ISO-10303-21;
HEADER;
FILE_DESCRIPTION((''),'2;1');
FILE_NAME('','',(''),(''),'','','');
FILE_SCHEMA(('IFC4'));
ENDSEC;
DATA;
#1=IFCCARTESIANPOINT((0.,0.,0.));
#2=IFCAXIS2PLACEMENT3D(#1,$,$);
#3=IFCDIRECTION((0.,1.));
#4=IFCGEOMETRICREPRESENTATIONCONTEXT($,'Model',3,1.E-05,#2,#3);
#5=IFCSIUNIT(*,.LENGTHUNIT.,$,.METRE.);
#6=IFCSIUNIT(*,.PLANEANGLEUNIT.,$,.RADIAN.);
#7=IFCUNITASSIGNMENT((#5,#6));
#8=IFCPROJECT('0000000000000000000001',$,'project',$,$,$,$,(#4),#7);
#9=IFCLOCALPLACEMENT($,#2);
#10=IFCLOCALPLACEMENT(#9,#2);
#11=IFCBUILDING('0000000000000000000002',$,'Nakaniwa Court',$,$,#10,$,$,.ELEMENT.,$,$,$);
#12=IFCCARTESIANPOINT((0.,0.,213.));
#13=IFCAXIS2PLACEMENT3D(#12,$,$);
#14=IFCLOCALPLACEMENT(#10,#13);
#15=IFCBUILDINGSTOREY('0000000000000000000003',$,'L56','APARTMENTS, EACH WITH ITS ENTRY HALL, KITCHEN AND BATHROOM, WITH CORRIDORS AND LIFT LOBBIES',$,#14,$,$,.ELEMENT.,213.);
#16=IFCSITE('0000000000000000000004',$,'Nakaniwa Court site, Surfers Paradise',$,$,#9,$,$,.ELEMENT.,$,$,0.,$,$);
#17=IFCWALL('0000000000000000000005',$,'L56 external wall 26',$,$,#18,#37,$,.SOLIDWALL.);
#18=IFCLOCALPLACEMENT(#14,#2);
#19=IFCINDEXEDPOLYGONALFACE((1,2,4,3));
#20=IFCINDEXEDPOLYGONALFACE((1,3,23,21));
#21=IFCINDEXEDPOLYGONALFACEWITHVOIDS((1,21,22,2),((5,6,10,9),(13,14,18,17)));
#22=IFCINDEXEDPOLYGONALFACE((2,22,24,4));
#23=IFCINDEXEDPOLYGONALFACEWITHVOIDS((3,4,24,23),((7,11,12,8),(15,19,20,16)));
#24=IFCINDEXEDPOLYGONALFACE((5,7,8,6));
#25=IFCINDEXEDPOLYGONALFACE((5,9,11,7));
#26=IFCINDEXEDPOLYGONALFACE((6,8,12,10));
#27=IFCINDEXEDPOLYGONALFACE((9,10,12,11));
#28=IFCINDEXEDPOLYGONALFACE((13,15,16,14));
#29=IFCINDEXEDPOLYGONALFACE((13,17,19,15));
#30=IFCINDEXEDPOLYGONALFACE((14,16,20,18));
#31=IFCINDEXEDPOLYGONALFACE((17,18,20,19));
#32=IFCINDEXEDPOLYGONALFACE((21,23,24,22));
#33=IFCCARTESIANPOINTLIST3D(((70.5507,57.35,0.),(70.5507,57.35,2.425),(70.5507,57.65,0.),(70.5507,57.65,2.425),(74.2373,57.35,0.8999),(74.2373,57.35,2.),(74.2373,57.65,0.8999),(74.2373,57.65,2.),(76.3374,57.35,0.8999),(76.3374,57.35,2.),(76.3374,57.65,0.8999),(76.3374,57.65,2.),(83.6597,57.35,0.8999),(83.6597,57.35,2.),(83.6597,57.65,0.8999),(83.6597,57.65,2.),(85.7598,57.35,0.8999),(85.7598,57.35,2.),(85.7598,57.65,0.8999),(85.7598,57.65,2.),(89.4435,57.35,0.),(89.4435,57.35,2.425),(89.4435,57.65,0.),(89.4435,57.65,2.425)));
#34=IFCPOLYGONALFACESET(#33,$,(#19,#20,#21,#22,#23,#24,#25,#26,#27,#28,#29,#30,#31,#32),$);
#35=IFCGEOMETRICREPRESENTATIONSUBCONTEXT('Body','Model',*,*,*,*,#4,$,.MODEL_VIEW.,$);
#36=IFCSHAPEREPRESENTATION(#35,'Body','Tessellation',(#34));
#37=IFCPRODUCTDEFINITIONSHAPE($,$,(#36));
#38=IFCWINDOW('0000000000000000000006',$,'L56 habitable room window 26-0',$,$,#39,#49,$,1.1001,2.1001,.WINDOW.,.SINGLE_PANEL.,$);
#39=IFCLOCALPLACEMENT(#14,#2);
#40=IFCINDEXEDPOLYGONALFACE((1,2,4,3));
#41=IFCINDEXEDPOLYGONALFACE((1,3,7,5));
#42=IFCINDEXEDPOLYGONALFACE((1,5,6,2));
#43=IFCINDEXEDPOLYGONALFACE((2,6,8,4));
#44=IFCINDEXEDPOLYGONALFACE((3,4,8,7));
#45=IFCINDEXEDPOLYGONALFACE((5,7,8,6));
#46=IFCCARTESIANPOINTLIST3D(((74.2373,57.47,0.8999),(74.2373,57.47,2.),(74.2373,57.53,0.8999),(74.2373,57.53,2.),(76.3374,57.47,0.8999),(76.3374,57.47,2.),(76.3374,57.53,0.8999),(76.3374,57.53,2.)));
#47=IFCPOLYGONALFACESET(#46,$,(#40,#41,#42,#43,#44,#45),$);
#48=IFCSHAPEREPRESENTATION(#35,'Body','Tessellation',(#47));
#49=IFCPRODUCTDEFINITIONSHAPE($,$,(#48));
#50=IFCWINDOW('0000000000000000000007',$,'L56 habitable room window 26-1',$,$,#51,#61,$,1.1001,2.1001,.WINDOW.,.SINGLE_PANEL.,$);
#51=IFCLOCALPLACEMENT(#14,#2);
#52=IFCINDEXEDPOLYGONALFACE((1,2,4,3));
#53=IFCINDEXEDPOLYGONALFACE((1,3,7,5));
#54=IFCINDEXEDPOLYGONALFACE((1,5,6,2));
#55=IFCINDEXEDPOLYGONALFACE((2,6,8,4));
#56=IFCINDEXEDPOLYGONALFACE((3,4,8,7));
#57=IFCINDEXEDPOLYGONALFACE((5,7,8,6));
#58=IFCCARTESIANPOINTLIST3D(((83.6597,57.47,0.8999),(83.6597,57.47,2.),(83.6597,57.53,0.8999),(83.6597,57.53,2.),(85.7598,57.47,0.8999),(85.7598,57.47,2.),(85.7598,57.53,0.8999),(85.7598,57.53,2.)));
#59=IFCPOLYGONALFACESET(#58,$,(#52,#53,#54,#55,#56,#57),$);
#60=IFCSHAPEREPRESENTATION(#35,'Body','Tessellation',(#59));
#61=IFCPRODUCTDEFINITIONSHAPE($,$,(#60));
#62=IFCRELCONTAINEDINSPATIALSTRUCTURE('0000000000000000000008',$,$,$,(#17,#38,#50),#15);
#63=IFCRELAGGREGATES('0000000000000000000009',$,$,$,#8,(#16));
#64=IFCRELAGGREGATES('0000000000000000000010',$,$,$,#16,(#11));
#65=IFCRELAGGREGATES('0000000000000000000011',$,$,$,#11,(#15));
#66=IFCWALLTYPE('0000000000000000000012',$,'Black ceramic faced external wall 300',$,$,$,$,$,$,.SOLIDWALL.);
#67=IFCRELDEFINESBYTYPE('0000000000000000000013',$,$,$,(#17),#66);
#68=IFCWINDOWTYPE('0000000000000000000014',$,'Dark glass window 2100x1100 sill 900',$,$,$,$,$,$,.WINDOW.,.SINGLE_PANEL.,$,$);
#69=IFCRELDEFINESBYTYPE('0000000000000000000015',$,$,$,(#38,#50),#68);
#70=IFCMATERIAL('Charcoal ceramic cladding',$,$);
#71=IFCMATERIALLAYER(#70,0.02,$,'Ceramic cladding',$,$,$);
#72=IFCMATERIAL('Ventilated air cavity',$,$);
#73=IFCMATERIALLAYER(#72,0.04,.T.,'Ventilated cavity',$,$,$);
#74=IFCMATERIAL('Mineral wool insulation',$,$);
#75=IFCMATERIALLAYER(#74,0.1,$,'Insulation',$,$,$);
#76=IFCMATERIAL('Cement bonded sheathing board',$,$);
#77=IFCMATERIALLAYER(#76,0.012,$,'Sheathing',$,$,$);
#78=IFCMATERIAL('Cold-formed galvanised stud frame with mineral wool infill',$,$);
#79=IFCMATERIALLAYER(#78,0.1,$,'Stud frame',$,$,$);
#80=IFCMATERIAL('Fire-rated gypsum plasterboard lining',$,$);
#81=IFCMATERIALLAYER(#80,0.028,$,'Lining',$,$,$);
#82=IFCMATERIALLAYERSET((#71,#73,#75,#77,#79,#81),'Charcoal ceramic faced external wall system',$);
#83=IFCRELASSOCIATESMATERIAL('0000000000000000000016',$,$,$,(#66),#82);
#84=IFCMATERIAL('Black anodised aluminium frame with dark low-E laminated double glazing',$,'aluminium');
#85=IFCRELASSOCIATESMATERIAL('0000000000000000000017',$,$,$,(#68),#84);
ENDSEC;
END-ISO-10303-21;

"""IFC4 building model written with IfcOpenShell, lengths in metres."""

from ifc_helpers import new_model, si_unit, direction, frame, frame_2d, origin, place, context, subcontext, project, spatial, rectangle, extrude, material, layer, layer_set, type_object, element, fill, save


model = new_model("IFC4")

# Units and contexts
model_context = context("Model", 3, precision=1e-05, world=origin(), true_north=direction((0.0, 1.0)))
body_context = subcontext(model_context, "Body", "Model", "MODEL_VIEW")
ifc_project = project(units=[si_unit("LENGTHUNIT", "METRE"), si_unit("PLANEANGLEUNIT", "RADIAN")], contexts=[model_context])

# Site, building, storey
site_placement = place(None, origin())
site = spatial("IfcSite", under=ifc_project, at=site_placement, Name="Nakaniwa Court site, Surfers Paradise", CompositionType="ELEMENT", RefElevation=0.0)
building_placement = place(site_placement, origin())
building = spatial("IfcBuilding", under=site, at=building_placement, Name="Nakaniwa Court", CompositionType="ELEMENT")
storey_placement = place(building_placement, frame((0.0, 0.0, 213.0)))
storey = spatial("IfcBuildingStorey", under=building, at=storey_placement, Name="L56", Description="APARTMENTS, EACH WITH ITS ENTRY HALL, KITCHEN AND BATHROOM, WITH CORRIDORS AND LIFT LOBBIES", CompositionType="ELEMENT", Elevation=213.0)

# Shared definitions
ifc_material_1 = material(Name="Charcoal ceramic cladding")
ifc_layer_1 = layer(ifc_material_1, 0.02, Name="Ceramic cladding")
ifc_material_2 = material(Name="Ventilated air cavity")
ifc_layer_2 = layer(ifc_material_2, 0.04, ventilated=True, Name="Ventilated cavity")
ifc_material_3 = material(Name="Mineral wool insulation")
ifc_layer_3 = layer(ifc_material_3, 0.1, Name="Insulation")
ifc_material_4 = material(Name="Cement bonded sheathing board")
ifc_layer_4 = layer(ifc_material_4, 0.012, Name="Sheathing")
ifc_material_5 = material(Name="Cold-formed galvanised stud frame with mineral wool infill")
ifc_layer_5 = layer(ifc_material_5, 0.1, Name="Stud frame")
ifc_material_6 = material(Name="Fire-rated gypsum plasterboard lining")
ifc_layer_6 = layer(ifc_material_6, 0.028, Name="Lining")
ifc_layer_set_1 = layer_set([ifc_layer_1, ifc_layer_2, ifc_layer_3, ifc_layer_4, ifc_layer_5, ifc_layer_6], Name="Charcoal ceramic faced external wall system")
wall_type_1 = type_object("IfcWallType", Name="Black ceramic faced external wall 300", PredefinedType="SOLIDWALL", material=ifc_layer_set_1)
ifc_material_7 = material(Name="Black anodised aluminium frame with dark low-E laminated double glazing", Category="aluminium")

# Wall, openings, windows
wall_1_placement = place(storey_placement, frame((70.5508, 57.5, 0.0), z_axis=(0.0, 0.0, 1.0), x_axis=(1.0, 0.0, 0.0)))
wall_1 = element("IfcWall", 1, at=wall_1_placement, inside=storey, type_object=wall_type_1, Name="L56 external wall 26", PredefinedType="SOLIDWALL", context=body_context, shape_type="SweptSolid", body=[
    extrude(rectangle(XDim=18.8928, YDim=0.3, at=frame_2d((9.4463, 0.0))), origin(), (0.0, 0.0, 1.0), 2.425),
])
opening_1_placement = place(wall_1_placement, frame((3.6865, 0.0, 0.8999)))
opening_1 = element("IfcOpeningElement", 2, at=opening_1_placement, cuts=wall_1, PredefinedType="OPENING", context=body_context, shape_type="SweptSolid", body=[
    extrude(rectangle(XDim=2.1001, YDim=1.1001, at=frame_2d((1.05, 0.55))), frame((0.0, 0.1599, 0.0), z_axis=(0.0, -1.0, 0.0), x_axis=(1.0, 0.0, 0.0)), (0.0, 0.0, 1.0), 0.3201),
])
opening_2_placement = place(wall_1_placement, frame((13.1089, 0.0, 0.8999)))
opening_2 = element("IfcOpeningElement", 3, at=opening_2_placement, cuts=wall_1, PredefinedType="OPENING", context=body_context, shape_type="SweptSolid", body=[
    extrude(rectangle(XDim=2.1001, YDim=1.1001, at=frame_2d((1.05, 0.55))), frame((0.0, 0.1599, 0.0), z_axis=(0.0, -1.0, 0.0), x_axis=(1.0, 0.0, 0.0)), (0.0, 0.0, 1.0), 0.3201),
])
window_type_1 = type_object("IfcWindowType", Name="Dark glass window 2100x1100 sill 900", PartitioningType="SINGLE_PANEL", PredefinedType="WINDOW", material=ifc_material_7)
window_1_placement = place(opening_1_placement, origin())
window_1 = element("IfcWindow", 4, at=window_1_placement, inside=storey, type_object=window_type_1, Name="L56 habitable room window 26-0", OverallHeight=1.1001, OverallWidth=2.1001, PartitioningType="SINGLE_PANEL", PredefinedType="WINDOW", context=body_context, shape_type="SweptSolid", body=[
    extrude(rectangle(XDim=2.1001, YDim=1.1001, at=frame_2d((1.05, 0.55))), frame((0.0, 0.03, 0.0), z_axis=(0.0, -1.0, 0.0), x_axis=(1.0, 0.0, 0.0)), (0.0, 0.0, 1.0), 0.0601),
])
fill(opening_1, window_1)
window_2_placement = place(opening_2_placement, origin())
window_2 = element("IfcWindow", 5, at=window_2_placement, inside=storey, type_object=window_type_1, Name="L56 habitable room window 26-1", OverallHeight=1.1001, OverallWidth=2.1001, PartitioningType="SINGLE_PANEL", PredefinedType="WINDOW", context=body_context, shape_type="SweptSolid", body=[
    extrude(rectangle(XDim=2.1001, YDim=1.1001, at=frame_2d((1.05, 0.55))), frame((0.0, 0.03, 0.0), z_axis=(0.0, -1.0, 0.0), x_axis=(1.0, 0.0, 0.0)), (0.0, 0.0, 1.0), 0.0601),
])
fill(opening_2, window_2)

save(model, "model.ifc")
